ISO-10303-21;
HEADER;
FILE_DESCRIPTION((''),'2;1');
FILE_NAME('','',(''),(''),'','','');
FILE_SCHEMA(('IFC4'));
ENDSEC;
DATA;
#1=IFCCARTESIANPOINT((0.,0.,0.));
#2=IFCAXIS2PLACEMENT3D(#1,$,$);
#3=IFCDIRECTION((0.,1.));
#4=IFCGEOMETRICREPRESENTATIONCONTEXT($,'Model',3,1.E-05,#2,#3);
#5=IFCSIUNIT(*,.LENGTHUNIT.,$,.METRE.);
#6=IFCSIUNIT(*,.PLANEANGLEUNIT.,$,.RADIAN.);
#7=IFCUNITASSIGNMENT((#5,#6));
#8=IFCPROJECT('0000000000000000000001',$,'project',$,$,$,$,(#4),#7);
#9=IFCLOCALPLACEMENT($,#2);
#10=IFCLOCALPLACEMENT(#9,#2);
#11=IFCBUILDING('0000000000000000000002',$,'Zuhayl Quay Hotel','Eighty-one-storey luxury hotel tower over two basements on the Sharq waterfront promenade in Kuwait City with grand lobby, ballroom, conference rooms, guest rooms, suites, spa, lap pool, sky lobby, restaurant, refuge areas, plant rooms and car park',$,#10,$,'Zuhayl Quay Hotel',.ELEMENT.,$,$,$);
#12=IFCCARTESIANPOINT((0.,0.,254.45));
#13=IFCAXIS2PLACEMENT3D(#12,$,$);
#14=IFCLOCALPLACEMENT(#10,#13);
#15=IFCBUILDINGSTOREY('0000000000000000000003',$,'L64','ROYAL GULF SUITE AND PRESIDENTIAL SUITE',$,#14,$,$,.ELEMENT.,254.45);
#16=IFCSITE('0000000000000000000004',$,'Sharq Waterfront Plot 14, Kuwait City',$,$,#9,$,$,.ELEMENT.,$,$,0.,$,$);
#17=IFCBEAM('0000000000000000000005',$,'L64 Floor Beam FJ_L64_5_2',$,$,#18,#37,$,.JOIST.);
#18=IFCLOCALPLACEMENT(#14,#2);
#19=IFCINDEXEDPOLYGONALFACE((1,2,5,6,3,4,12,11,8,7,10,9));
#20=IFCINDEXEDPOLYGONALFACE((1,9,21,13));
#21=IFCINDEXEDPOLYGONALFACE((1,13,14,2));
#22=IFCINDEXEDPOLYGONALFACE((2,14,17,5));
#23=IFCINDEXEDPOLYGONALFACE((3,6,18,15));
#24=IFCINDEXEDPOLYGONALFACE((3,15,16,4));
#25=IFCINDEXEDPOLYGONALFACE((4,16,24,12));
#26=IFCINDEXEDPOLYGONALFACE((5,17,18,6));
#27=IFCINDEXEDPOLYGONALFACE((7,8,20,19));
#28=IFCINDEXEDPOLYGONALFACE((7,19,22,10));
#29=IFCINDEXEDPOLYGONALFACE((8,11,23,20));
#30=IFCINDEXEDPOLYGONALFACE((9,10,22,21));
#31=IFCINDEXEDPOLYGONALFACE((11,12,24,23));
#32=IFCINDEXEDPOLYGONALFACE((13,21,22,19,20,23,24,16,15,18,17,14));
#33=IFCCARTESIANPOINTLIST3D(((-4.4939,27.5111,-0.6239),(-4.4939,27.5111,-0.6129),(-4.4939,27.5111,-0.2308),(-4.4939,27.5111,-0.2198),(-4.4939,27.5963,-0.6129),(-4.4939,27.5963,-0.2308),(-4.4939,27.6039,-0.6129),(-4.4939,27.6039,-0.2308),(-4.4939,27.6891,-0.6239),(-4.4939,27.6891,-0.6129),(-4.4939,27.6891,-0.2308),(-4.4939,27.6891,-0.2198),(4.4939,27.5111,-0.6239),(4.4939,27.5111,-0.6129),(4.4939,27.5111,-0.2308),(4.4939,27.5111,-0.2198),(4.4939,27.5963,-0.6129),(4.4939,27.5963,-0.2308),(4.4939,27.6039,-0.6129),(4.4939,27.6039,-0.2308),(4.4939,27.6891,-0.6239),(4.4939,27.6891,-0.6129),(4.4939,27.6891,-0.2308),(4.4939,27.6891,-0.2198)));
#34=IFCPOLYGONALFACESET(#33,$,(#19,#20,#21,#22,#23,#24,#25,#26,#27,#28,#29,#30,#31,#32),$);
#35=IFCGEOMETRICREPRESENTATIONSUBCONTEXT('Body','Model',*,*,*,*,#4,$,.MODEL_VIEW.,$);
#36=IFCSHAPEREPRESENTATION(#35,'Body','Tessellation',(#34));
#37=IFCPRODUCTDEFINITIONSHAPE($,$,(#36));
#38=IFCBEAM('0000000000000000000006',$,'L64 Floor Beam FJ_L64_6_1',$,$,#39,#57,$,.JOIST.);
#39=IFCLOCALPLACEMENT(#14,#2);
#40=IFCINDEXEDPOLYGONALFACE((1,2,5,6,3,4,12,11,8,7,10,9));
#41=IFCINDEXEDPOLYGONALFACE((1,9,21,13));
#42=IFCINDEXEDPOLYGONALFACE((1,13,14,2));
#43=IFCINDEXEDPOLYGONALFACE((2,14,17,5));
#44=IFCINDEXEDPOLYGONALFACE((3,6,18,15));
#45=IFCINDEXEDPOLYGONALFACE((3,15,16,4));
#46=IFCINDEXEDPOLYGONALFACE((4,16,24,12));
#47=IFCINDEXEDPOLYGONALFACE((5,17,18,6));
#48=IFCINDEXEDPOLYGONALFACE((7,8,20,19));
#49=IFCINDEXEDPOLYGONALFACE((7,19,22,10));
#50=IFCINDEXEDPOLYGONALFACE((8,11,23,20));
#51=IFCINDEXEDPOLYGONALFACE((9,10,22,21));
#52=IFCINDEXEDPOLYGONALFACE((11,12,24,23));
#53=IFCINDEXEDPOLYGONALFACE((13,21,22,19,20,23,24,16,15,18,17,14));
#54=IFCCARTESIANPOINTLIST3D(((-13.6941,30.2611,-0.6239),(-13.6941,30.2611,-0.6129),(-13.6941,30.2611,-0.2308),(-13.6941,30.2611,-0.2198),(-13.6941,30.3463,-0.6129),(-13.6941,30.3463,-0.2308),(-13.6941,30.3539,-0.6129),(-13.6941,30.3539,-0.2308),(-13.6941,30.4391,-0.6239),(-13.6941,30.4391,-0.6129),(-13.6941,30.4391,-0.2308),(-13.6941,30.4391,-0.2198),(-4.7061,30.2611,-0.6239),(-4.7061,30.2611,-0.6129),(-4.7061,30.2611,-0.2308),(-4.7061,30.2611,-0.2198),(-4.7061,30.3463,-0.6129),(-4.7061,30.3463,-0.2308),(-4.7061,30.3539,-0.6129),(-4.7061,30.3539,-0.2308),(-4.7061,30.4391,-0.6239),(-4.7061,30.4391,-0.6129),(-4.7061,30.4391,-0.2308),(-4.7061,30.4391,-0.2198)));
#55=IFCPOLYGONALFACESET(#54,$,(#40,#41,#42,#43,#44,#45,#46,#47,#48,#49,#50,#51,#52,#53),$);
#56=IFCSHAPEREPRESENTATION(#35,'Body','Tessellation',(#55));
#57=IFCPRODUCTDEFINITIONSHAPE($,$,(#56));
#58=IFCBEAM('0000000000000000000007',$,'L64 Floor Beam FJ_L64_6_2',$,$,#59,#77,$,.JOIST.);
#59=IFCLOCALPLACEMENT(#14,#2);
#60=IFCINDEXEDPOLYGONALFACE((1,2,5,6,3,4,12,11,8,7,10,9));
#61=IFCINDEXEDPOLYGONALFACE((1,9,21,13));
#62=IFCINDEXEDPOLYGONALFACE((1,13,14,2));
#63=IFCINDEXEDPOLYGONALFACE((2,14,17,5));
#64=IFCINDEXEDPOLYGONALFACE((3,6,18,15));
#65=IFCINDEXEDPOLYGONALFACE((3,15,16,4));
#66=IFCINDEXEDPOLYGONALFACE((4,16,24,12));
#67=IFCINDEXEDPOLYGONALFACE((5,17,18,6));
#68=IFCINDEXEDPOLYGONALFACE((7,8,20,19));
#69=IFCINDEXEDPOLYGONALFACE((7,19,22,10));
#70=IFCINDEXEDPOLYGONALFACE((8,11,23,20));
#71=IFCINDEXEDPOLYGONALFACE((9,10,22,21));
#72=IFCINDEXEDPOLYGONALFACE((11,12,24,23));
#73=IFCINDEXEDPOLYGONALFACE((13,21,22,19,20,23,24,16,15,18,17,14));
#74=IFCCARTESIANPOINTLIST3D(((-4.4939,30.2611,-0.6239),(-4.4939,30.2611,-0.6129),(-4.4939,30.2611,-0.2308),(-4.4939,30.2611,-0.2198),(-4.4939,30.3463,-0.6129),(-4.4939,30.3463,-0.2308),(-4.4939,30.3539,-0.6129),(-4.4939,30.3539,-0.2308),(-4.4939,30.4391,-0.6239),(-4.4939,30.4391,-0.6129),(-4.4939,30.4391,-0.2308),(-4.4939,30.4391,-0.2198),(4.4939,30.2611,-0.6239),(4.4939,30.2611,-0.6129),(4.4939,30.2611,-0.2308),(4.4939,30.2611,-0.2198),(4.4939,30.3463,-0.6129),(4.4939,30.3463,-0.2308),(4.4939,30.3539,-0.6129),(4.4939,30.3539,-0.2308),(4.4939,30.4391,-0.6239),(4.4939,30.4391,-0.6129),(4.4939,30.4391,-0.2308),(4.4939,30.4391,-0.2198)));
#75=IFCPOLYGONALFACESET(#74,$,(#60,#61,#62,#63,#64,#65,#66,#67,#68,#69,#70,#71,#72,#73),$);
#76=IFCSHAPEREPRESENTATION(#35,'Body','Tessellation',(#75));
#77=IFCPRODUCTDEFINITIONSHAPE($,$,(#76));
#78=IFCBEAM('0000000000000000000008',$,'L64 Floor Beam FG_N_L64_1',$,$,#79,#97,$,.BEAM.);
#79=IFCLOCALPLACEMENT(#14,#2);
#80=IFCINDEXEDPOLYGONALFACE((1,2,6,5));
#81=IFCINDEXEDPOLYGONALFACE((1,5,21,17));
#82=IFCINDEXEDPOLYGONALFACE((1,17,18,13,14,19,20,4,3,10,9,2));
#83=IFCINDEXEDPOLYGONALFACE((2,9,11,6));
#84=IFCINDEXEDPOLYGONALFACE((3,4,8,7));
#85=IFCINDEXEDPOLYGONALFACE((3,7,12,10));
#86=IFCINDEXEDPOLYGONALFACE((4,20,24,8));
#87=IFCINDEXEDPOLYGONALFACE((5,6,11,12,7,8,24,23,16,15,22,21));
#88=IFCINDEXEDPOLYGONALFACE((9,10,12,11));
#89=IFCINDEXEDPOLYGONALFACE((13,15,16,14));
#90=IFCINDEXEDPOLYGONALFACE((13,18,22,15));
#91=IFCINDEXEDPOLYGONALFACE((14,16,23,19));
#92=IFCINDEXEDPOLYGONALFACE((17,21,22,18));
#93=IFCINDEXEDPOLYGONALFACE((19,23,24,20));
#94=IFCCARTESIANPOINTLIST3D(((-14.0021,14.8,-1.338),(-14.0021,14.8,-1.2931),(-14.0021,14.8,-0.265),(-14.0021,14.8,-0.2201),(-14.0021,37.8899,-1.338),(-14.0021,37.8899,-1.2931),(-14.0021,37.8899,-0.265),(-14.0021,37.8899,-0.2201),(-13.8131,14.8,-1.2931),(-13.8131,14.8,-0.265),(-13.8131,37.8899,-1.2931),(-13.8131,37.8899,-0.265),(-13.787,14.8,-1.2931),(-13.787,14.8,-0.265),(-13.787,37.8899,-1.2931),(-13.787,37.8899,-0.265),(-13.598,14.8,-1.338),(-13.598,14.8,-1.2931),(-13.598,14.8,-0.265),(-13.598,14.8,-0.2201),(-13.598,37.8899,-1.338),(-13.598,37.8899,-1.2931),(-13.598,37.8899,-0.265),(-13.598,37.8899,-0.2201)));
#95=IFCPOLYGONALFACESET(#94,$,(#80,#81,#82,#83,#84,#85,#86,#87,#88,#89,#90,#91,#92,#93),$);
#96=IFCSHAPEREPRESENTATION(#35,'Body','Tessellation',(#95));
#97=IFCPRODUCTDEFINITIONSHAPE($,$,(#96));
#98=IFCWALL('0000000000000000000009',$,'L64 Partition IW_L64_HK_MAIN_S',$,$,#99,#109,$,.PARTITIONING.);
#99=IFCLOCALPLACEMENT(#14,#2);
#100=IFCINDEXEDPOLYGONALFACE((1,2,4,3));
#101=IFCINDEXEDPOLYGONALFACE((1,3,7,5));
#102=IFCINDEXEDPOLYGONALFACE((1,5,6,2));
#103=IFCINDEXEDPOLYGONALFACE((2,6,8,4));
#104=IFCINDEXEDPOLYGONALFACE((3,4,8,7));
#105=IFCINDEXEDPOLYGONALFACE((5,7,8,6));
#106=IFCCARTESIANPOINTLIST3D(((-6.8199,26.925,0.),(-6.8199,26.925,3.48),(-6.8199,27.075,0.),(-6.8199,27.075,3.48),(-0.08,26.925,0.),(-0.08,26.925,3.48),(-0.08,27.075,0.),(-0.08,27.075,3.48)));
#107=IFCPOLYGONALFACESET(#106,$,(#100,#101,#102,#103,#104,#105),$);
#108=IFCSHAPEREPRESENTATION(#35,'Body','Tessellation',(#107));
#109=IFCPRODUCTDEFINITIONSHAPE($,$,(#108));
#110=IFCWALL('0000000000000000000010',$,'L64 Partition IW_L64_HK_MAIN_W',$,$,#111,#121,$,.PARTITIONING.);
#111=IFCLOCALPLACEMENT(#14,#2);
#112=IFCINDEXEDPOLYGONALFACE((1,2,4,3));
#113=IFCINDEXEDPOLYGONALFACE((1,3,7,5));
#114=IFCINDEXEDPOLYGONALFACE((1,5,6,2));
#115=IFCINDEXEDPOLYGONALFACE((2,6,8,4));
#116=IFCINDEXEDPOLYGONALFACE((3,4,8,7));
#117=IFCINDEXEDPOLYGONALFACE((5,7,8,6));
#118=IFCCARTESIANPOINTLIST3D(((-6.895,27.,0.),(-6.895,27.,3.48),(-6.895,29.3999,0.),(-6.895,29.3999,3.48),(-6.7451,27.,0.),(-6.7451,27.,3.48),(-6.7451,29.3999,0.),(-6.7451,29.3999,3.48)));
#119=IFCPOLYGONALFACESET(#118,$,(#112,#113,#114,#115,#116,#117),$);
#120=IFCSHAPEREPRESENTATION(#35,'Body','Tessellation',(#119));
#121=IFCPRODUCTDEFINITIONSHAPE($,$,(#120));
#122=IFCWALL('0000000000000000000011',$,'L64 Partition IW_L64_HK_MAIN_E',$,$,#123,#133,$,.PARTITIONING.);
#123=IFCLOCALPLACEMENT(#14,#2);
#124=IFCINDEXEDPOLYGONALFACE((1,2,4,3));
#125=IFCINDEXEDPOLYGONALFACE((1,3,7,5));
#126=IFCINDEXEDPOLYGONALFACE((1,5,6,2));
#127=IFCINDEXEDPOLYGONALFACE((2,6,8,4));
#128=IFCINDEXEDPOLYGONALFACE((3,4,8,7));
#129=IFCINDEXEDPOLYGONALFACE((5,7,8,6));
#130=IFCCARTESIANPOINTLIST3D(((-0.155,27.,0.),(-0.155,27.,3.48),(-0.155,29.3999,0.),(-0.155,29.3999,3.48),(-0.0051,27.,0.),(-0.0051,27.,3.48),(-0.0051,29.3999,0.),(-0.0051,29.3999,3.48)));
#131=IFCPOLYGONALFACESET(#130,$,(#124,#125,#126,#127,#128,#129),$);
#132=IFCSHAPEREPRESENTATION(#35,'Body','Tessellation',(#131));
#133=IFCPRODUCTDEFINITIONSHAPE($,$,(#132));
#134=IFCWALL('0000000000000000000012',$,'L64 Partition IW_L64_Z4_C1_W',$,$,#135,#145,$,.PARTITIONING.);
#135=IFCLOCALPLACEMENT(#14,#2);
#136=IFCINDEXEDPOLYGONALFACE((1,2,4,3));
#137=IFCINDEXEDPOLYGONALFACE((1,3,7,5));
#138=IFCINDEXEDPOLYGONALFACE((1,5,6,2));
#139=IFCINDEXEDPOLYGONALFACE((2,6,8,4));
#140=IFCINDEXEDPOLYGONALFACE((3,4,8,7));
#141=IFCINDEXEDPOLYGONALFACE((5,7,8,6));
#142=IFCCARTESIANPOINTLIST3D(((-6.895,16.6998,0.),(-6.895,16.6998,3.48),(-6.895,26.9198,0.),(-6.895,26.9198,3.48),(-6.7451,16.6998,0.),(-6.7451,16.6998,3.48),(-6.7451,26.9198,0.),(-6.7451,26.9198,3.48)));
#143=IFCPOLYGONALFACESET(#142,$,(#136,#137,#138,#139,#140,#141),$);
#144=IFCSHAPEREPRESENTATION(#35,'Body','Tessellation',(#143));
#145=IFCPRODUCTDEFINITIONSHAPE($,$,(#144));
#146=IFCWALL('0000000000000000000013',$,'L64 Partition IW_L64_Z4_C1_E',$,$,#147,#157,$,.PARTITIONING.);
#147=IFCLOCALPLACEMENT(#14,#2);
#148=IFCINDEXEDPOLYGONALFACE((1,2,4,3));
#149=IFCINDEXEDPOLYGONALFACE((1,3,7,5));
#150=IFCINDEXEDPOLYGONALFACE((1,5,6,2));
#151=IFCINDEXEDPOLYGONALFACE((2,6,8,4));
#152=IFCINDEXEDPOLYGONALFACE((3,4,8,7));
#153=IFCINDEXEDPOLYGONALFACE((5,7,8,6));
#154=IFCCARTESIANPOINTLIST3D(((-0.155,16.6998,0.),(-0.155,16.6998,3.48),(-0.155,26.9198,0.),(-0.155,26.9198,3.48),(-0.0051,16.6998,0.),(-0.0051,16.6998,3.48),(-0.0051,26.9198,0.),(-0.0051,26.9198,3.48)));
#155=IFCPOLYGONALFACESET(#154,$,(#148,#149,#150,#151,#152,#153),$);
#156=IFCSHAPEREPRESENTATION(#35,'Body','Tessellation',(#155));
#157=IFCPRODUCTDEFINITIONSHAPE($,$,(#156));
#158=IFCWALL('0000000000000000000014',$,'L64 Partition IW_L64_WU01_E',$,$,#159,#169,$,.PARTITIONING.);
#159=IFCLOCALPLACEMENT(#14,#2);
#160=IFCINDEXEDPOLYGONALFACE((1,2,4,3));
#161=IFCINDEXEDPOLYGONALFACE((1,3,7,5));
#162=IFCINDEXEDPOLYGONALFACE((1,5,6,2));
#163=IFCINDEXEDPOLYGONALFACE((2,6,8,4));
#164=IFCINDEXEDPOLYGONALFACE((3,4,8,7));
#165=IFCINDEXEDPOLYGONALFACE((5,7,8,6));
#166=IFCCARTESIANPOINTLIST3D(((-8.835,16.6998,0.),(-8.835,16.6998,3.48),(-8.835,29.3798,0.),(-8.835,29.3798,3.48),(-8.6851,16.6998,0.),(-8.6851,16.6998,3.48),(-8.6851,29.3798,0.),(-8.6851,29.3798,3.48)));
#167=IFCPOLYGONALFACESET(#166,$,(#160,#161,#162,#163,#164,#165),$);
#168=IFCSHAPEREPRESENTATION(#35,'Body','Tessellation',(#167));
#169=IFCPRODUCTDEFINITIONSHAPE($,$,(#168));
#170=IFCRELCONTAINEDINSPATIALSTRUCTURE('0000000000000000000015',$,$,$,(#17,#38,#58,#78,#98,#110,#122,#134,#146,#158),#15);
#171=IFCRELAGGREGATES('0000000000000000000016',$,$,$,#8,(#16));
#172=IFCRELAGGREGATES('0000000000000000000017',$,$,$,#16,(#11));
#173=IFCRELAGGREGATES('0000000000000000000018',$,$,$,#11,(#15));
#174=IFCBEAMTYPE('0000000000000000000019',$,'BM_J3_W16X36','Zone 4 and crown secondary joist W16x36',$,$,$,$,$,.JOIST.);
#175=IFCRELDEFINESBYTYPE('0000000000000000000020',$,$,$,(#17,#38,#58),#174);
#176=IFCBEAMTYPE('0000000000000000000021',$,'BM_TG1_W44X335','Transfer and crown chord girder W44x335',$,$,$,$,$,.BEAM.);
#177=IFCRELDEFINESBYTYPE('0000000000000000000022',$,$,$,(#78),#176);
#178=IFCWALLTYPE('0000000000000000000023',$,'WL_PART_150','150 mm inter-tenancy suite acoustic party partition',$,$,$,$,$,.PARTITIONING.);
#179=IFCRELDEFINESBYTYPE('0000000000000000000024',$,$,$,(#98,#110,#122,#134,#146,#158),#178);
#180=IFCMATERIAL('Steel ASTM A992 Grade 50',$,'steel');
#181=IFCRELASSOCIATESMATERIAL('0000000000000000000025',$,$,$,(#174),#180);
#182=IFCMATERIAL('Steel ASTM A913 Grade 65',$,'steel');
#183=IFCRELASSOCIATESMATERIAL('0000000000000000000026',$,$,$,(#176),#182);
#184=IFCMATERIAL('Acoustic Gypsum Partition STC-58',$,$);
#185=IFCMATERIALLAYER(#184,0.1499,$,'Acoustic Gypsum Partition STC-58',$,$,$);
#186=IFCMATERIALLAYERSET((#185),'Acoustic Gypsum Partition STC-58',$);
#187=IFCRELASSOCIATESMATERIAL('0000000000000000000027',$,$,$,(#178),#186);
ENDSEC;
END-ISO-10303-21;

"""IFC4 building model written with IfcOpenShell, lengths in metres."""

from ifc_helpers import new_model, si_unit, direction, frame, frame_2d, origin, origin_2d, place, context, subcontext, project, spatial, rectangle, i_section, extrude, material, layer, layer_set, material_profile, profile_set, type_object, element, save


model = new_model("IFC4")

# Units and contexts
model_context = context("Model", 3, precision=1e-05, world=origin(), true_north=direction((0.0, 1.0)))
body_context = subcontext(model_context, "Body", "Model", "MODEL_VIEW")
ifc_project = project(units=[si_unit("LENGTHUNIT", "METRE"), si_unit("PLANEANGLEUNIT", "RADIAN")], contexts=[model_context])

# Site, building, storey
site_placement = place(None, origin())
site = spatial("IfcSite", under=ifc_project, at=site_placement, Name="Sharq Waterfront Plot 14, Kuwait City", CompositionType="ELEMENT", RefElevation=0.0)
building_placement = place(site_placement, origin())
building = spatial("IfcBuilding", under=site, at=building_placement, Name="Zuhayl Quay Hotel", Description="Eighty-one-storey luxury hotel tower over two basements on the Sharq waterfront promenade in Kuwait City with grand lobby, ballroom, conference rooms, guest rooms, suites, spa, lap pool, sky lobby, restaurant, refuge areas, plant rooms and car park", LongName="Zuhayl Quay Hotel", CompositionType="ELEMENT")
storey_placement = place(building_placement, frame((0.0, 0.0, 254.45)))
storey = spatial("IfcBuildingStorey", under=building, at=storey_placement, Name="L64", Description="ROYAL GULF SUITE AND PRESIDENTIAL SUITE", CompositionType="ELEMENT", Elevation=254.45)

# Beams
ifc_material_1 = material(Name="Steel ASTM A992 Grade 50", Category="steel")
ifc_material_profile_1 = material_profile(ifc_material_1, i_section(OverallWidth=0.178, OverallDepth=0.4041, WebThickness=0.0076, FlangeThickness=0.011, at=origin_2d()), Name="W16X36")
ifc_profile_set_1 = profile_set([ifc_material_profile_1], Name="Steel ASTM A992 Grade 50")
beam_type_1 = type_object("IfcBeamType", Name="BM_J3_W16X36", Description="Zone 4 and crown secondary joist W16x36", PredefinedType="JOIST", material=ifc_profile_set_1)
beam_1_placement = place(storey_placement, frame((-4.4939, 27.6001, -0.4219), z_axis=(1.0, 0.0, 0.0), x_axis=(0.0, 1.0, 0.0)))
element("IfcBeam", 1, at=beam_1_placement, inside=storey, type_object=beam_type_1, Name="L64 Floor Beam FJ_L64_5_2", PredefinedType="JOIST", context=body_context, shape_type="SweptSolid", body=[
    extrude(i_section(OverallWidth=0.178, OverallDepth=0.4041, WebThickness=0.0076, FlangeThickness=0.011, at=origin_2d()), origin(), (0.0, 0.0, 1.0), 8.9878),
])
beam_2_placement = place(storey_placement, frame((-13.6941, 30.3501, -0.4219), z_axis=(1.0, 0.0, 0.0), x_axis=(0.0, 1.0, 0.0)))
element("IfcBeam", 2, at=beam_2_placement, inside=storey, type_object=beam_type_1, Name="L64 Floor Beam FJ_L64_6_1", PredefinedType="JOIST", context=body_context, shape_type="SweptSolid", body=[
    extrude(i_section(OverallWidth=0.178, OverallDepth=0.4041, WebThickness=0.0076, FlangeThickness=0.011, at=origin_2d()), origin(), (0.0, 0.0, 1.0), 8.988),
])
beam_3_placement = place(storey_placement, frame((-4.4939, 30.3501, -0.4219), z_axis=(1.0, 0.0, 0.0), x_axis=(0.0, 1.0, 0.0)))
element("IfcBeam", 3, at=beam_3_placement, inside=storey, type_object=beam_type_1, Name="L64 Floor Beam FJ_L64_6_2", PredefinedType="JOIST", context=body_context, shape_type="SweptSolid", body=[
    extrude(i_section(OverallWidth=0.178, OverallDepth=0.4041, WebThickness=0.0076, FlangeThickness=0.011, at=origin_2d()), origin(), (0.0, 0.0, 1.0), 8.9878),
])
ifc_material_2 = material(Name="Steel ASTM A913 Grade 65", Category="steel")
ifc_material_profile_2 = material_profile(ifc_material_2, i_section(OverallWidth=0.4041, OverallDepth=1.1179, WebThickness=0.0261, FlangeThickness=0.0449, at=origin_2d()), Name="W44X335")
ifc_profile_set_2 = profile_set([ifc_material_profile_2], Name="Steel ASTM A913 Grade 65")
beam_type_2 = type_object("IfcBeamType", Name="BM_TG1_W44X335", Description="Transfer and crown chord girder W44x335", PredefinedType="BEAM", material=ifc_profile_set_2)
beam_4_placement = place(storey_placement, frame((-13.8, 14.8, -0.7791), z_axis=(0.0, 1.0, 0.0), x_axis=(-1.0, 0.0, 0.0)))
element("IfcBeam", 4, at=beam_4_placement, inside=storey, type_object=beam_type_2, Name="L64 Floor Beam FG_N_L64_1", PredefinedType="BEAM", context=body_context, shape_type="SweptSolid", body=[
    extrude(i_section(OverallWidth=0.4041, OverallDepth=1.1179, WebThickness=0.0261, FlangeThickness=0.0449, at=origin_2d()), origin(), (0.0, 0.0, 1.0), 23.0898),
])

# Walls
ifc_material_3 = material(Name="Acoustic Gypsum Partition STC-58")
ifc_layer_1 = layer(ifc_material_3, 0.1499, Name="Acoustic Gypsum Partition STC-58")
ifc_layer_set_1 = layer_set([ifc_layer_1], Name="Acoustic Gypsum Partition STC-58")
wall_type_1 = type_object("IfcWallType", Name="WL_PART_150", Description="150 mm inter-tenancy suite acoustic party partition", PredefinedType="PARTITIONING", material=ifc_layer_set_1)
wall_1_placement = place(storey_placement, frame((-6.8201, 27.0, 0.0), z_axis=(0.0, 0.0, 1.0), x_axis=(1.0, 0.0, 0.0)))
element("IfcWall", 5, at=wall_1_placement, inside=storey, type_object=wall_type_1, Name="L64 Partition IW_L64_HK_MAIN_S", PredefinedType="PARTITIONING", context=body_context, shape_type="SweptSolid", body=[
    extrude(rectangle(XDim=6.74, YDim=0.1499, at=frame_2d((3.3701, 0.0))), origin(), (0.0, 0.0, 1.0), 3.48),
])
for number, where, z_axis, x_axis, name in (
    (6, (-6.8201, 27.0, 0.0), (0.0, 0.0, 1.0), (0.0, 1.0, 0.0), "L64 Partition IW_L64_HK_MAIN_W"),
    (7, (-0.0801, 27.0, 0.0), (0.0, 0.0, 1.0), (0.0, 1.0, 0.0), "L64 Partition IW_L64_HK_MAIN_E"),
):
    element("IfcWall", number, at=place(storey_placement, frame(where, z_axis=z_axis, x_axis=x_axis)), inside=storey, type_object=wall_type_1, Name=name, PredefinedType="PARTITIONING", context=body_context, shape_type="SweptSolid", body=[
        extrude(rectangle(XDim=2.3999, YDim=0.1499, at=frame_2d((1.2, 0.0))), origin(), (0.0, 0.0, 1.0), 3.48),
    ])
for number, where, z_axis, x_axis, name in (
    (8, (-6.8201, 16.7, 0.0), (0.0, 0.0, 1.0), (0.0, 1.0, 0.0), "L64 Partition IW_L64_Z4_C1_W"),
    (9, (-0.0801, 16.7, 0.0), (0.0, 0.0, 1.0), (0.0, 1.0, 0.0), "L64 Partition IW_L64_Z4_C1_E"),
):
    element("IfcWall", number, at=place(storey_placement, frame(where, z_axis=z_axis, x_axis=x_axis)), inside=storey, type_object=wall_type_1, Name=name, PredefinedType="PARTITIONING", context=body_context, shape_type="SweptSolid", body=[
        extrude(rectangle(XDim=10.22, YDim=0.1499, at=frame_2d((5.1099, 0.0))), origin(), (0.0, 0.0, 1.0), 3.48),
    ])
wall_2_placement = place(storey_placement, frame((-8.76, 16.7, 0.0), z_axis=(0.0, 0.0, 1.0), x_axis=(0.0, 1.0, 0.0)))
element("IfcWall", 10, at=wall_2_placement, inside=storey, type_object=wall_type_1, Name="L64 Partition IW_L64_WU01_E", PredefinedType="PARTITIONING", context=body_context, shape_type="SweptSolid", body=[
    extrude(rectangle(XDim=12.6799, YDim=0.1499, at=frame_2d((6.3398, 0.0))), origin(), (0.0, 0.0, 1.0), 3.48),
])

save(model, "model.ifc")
